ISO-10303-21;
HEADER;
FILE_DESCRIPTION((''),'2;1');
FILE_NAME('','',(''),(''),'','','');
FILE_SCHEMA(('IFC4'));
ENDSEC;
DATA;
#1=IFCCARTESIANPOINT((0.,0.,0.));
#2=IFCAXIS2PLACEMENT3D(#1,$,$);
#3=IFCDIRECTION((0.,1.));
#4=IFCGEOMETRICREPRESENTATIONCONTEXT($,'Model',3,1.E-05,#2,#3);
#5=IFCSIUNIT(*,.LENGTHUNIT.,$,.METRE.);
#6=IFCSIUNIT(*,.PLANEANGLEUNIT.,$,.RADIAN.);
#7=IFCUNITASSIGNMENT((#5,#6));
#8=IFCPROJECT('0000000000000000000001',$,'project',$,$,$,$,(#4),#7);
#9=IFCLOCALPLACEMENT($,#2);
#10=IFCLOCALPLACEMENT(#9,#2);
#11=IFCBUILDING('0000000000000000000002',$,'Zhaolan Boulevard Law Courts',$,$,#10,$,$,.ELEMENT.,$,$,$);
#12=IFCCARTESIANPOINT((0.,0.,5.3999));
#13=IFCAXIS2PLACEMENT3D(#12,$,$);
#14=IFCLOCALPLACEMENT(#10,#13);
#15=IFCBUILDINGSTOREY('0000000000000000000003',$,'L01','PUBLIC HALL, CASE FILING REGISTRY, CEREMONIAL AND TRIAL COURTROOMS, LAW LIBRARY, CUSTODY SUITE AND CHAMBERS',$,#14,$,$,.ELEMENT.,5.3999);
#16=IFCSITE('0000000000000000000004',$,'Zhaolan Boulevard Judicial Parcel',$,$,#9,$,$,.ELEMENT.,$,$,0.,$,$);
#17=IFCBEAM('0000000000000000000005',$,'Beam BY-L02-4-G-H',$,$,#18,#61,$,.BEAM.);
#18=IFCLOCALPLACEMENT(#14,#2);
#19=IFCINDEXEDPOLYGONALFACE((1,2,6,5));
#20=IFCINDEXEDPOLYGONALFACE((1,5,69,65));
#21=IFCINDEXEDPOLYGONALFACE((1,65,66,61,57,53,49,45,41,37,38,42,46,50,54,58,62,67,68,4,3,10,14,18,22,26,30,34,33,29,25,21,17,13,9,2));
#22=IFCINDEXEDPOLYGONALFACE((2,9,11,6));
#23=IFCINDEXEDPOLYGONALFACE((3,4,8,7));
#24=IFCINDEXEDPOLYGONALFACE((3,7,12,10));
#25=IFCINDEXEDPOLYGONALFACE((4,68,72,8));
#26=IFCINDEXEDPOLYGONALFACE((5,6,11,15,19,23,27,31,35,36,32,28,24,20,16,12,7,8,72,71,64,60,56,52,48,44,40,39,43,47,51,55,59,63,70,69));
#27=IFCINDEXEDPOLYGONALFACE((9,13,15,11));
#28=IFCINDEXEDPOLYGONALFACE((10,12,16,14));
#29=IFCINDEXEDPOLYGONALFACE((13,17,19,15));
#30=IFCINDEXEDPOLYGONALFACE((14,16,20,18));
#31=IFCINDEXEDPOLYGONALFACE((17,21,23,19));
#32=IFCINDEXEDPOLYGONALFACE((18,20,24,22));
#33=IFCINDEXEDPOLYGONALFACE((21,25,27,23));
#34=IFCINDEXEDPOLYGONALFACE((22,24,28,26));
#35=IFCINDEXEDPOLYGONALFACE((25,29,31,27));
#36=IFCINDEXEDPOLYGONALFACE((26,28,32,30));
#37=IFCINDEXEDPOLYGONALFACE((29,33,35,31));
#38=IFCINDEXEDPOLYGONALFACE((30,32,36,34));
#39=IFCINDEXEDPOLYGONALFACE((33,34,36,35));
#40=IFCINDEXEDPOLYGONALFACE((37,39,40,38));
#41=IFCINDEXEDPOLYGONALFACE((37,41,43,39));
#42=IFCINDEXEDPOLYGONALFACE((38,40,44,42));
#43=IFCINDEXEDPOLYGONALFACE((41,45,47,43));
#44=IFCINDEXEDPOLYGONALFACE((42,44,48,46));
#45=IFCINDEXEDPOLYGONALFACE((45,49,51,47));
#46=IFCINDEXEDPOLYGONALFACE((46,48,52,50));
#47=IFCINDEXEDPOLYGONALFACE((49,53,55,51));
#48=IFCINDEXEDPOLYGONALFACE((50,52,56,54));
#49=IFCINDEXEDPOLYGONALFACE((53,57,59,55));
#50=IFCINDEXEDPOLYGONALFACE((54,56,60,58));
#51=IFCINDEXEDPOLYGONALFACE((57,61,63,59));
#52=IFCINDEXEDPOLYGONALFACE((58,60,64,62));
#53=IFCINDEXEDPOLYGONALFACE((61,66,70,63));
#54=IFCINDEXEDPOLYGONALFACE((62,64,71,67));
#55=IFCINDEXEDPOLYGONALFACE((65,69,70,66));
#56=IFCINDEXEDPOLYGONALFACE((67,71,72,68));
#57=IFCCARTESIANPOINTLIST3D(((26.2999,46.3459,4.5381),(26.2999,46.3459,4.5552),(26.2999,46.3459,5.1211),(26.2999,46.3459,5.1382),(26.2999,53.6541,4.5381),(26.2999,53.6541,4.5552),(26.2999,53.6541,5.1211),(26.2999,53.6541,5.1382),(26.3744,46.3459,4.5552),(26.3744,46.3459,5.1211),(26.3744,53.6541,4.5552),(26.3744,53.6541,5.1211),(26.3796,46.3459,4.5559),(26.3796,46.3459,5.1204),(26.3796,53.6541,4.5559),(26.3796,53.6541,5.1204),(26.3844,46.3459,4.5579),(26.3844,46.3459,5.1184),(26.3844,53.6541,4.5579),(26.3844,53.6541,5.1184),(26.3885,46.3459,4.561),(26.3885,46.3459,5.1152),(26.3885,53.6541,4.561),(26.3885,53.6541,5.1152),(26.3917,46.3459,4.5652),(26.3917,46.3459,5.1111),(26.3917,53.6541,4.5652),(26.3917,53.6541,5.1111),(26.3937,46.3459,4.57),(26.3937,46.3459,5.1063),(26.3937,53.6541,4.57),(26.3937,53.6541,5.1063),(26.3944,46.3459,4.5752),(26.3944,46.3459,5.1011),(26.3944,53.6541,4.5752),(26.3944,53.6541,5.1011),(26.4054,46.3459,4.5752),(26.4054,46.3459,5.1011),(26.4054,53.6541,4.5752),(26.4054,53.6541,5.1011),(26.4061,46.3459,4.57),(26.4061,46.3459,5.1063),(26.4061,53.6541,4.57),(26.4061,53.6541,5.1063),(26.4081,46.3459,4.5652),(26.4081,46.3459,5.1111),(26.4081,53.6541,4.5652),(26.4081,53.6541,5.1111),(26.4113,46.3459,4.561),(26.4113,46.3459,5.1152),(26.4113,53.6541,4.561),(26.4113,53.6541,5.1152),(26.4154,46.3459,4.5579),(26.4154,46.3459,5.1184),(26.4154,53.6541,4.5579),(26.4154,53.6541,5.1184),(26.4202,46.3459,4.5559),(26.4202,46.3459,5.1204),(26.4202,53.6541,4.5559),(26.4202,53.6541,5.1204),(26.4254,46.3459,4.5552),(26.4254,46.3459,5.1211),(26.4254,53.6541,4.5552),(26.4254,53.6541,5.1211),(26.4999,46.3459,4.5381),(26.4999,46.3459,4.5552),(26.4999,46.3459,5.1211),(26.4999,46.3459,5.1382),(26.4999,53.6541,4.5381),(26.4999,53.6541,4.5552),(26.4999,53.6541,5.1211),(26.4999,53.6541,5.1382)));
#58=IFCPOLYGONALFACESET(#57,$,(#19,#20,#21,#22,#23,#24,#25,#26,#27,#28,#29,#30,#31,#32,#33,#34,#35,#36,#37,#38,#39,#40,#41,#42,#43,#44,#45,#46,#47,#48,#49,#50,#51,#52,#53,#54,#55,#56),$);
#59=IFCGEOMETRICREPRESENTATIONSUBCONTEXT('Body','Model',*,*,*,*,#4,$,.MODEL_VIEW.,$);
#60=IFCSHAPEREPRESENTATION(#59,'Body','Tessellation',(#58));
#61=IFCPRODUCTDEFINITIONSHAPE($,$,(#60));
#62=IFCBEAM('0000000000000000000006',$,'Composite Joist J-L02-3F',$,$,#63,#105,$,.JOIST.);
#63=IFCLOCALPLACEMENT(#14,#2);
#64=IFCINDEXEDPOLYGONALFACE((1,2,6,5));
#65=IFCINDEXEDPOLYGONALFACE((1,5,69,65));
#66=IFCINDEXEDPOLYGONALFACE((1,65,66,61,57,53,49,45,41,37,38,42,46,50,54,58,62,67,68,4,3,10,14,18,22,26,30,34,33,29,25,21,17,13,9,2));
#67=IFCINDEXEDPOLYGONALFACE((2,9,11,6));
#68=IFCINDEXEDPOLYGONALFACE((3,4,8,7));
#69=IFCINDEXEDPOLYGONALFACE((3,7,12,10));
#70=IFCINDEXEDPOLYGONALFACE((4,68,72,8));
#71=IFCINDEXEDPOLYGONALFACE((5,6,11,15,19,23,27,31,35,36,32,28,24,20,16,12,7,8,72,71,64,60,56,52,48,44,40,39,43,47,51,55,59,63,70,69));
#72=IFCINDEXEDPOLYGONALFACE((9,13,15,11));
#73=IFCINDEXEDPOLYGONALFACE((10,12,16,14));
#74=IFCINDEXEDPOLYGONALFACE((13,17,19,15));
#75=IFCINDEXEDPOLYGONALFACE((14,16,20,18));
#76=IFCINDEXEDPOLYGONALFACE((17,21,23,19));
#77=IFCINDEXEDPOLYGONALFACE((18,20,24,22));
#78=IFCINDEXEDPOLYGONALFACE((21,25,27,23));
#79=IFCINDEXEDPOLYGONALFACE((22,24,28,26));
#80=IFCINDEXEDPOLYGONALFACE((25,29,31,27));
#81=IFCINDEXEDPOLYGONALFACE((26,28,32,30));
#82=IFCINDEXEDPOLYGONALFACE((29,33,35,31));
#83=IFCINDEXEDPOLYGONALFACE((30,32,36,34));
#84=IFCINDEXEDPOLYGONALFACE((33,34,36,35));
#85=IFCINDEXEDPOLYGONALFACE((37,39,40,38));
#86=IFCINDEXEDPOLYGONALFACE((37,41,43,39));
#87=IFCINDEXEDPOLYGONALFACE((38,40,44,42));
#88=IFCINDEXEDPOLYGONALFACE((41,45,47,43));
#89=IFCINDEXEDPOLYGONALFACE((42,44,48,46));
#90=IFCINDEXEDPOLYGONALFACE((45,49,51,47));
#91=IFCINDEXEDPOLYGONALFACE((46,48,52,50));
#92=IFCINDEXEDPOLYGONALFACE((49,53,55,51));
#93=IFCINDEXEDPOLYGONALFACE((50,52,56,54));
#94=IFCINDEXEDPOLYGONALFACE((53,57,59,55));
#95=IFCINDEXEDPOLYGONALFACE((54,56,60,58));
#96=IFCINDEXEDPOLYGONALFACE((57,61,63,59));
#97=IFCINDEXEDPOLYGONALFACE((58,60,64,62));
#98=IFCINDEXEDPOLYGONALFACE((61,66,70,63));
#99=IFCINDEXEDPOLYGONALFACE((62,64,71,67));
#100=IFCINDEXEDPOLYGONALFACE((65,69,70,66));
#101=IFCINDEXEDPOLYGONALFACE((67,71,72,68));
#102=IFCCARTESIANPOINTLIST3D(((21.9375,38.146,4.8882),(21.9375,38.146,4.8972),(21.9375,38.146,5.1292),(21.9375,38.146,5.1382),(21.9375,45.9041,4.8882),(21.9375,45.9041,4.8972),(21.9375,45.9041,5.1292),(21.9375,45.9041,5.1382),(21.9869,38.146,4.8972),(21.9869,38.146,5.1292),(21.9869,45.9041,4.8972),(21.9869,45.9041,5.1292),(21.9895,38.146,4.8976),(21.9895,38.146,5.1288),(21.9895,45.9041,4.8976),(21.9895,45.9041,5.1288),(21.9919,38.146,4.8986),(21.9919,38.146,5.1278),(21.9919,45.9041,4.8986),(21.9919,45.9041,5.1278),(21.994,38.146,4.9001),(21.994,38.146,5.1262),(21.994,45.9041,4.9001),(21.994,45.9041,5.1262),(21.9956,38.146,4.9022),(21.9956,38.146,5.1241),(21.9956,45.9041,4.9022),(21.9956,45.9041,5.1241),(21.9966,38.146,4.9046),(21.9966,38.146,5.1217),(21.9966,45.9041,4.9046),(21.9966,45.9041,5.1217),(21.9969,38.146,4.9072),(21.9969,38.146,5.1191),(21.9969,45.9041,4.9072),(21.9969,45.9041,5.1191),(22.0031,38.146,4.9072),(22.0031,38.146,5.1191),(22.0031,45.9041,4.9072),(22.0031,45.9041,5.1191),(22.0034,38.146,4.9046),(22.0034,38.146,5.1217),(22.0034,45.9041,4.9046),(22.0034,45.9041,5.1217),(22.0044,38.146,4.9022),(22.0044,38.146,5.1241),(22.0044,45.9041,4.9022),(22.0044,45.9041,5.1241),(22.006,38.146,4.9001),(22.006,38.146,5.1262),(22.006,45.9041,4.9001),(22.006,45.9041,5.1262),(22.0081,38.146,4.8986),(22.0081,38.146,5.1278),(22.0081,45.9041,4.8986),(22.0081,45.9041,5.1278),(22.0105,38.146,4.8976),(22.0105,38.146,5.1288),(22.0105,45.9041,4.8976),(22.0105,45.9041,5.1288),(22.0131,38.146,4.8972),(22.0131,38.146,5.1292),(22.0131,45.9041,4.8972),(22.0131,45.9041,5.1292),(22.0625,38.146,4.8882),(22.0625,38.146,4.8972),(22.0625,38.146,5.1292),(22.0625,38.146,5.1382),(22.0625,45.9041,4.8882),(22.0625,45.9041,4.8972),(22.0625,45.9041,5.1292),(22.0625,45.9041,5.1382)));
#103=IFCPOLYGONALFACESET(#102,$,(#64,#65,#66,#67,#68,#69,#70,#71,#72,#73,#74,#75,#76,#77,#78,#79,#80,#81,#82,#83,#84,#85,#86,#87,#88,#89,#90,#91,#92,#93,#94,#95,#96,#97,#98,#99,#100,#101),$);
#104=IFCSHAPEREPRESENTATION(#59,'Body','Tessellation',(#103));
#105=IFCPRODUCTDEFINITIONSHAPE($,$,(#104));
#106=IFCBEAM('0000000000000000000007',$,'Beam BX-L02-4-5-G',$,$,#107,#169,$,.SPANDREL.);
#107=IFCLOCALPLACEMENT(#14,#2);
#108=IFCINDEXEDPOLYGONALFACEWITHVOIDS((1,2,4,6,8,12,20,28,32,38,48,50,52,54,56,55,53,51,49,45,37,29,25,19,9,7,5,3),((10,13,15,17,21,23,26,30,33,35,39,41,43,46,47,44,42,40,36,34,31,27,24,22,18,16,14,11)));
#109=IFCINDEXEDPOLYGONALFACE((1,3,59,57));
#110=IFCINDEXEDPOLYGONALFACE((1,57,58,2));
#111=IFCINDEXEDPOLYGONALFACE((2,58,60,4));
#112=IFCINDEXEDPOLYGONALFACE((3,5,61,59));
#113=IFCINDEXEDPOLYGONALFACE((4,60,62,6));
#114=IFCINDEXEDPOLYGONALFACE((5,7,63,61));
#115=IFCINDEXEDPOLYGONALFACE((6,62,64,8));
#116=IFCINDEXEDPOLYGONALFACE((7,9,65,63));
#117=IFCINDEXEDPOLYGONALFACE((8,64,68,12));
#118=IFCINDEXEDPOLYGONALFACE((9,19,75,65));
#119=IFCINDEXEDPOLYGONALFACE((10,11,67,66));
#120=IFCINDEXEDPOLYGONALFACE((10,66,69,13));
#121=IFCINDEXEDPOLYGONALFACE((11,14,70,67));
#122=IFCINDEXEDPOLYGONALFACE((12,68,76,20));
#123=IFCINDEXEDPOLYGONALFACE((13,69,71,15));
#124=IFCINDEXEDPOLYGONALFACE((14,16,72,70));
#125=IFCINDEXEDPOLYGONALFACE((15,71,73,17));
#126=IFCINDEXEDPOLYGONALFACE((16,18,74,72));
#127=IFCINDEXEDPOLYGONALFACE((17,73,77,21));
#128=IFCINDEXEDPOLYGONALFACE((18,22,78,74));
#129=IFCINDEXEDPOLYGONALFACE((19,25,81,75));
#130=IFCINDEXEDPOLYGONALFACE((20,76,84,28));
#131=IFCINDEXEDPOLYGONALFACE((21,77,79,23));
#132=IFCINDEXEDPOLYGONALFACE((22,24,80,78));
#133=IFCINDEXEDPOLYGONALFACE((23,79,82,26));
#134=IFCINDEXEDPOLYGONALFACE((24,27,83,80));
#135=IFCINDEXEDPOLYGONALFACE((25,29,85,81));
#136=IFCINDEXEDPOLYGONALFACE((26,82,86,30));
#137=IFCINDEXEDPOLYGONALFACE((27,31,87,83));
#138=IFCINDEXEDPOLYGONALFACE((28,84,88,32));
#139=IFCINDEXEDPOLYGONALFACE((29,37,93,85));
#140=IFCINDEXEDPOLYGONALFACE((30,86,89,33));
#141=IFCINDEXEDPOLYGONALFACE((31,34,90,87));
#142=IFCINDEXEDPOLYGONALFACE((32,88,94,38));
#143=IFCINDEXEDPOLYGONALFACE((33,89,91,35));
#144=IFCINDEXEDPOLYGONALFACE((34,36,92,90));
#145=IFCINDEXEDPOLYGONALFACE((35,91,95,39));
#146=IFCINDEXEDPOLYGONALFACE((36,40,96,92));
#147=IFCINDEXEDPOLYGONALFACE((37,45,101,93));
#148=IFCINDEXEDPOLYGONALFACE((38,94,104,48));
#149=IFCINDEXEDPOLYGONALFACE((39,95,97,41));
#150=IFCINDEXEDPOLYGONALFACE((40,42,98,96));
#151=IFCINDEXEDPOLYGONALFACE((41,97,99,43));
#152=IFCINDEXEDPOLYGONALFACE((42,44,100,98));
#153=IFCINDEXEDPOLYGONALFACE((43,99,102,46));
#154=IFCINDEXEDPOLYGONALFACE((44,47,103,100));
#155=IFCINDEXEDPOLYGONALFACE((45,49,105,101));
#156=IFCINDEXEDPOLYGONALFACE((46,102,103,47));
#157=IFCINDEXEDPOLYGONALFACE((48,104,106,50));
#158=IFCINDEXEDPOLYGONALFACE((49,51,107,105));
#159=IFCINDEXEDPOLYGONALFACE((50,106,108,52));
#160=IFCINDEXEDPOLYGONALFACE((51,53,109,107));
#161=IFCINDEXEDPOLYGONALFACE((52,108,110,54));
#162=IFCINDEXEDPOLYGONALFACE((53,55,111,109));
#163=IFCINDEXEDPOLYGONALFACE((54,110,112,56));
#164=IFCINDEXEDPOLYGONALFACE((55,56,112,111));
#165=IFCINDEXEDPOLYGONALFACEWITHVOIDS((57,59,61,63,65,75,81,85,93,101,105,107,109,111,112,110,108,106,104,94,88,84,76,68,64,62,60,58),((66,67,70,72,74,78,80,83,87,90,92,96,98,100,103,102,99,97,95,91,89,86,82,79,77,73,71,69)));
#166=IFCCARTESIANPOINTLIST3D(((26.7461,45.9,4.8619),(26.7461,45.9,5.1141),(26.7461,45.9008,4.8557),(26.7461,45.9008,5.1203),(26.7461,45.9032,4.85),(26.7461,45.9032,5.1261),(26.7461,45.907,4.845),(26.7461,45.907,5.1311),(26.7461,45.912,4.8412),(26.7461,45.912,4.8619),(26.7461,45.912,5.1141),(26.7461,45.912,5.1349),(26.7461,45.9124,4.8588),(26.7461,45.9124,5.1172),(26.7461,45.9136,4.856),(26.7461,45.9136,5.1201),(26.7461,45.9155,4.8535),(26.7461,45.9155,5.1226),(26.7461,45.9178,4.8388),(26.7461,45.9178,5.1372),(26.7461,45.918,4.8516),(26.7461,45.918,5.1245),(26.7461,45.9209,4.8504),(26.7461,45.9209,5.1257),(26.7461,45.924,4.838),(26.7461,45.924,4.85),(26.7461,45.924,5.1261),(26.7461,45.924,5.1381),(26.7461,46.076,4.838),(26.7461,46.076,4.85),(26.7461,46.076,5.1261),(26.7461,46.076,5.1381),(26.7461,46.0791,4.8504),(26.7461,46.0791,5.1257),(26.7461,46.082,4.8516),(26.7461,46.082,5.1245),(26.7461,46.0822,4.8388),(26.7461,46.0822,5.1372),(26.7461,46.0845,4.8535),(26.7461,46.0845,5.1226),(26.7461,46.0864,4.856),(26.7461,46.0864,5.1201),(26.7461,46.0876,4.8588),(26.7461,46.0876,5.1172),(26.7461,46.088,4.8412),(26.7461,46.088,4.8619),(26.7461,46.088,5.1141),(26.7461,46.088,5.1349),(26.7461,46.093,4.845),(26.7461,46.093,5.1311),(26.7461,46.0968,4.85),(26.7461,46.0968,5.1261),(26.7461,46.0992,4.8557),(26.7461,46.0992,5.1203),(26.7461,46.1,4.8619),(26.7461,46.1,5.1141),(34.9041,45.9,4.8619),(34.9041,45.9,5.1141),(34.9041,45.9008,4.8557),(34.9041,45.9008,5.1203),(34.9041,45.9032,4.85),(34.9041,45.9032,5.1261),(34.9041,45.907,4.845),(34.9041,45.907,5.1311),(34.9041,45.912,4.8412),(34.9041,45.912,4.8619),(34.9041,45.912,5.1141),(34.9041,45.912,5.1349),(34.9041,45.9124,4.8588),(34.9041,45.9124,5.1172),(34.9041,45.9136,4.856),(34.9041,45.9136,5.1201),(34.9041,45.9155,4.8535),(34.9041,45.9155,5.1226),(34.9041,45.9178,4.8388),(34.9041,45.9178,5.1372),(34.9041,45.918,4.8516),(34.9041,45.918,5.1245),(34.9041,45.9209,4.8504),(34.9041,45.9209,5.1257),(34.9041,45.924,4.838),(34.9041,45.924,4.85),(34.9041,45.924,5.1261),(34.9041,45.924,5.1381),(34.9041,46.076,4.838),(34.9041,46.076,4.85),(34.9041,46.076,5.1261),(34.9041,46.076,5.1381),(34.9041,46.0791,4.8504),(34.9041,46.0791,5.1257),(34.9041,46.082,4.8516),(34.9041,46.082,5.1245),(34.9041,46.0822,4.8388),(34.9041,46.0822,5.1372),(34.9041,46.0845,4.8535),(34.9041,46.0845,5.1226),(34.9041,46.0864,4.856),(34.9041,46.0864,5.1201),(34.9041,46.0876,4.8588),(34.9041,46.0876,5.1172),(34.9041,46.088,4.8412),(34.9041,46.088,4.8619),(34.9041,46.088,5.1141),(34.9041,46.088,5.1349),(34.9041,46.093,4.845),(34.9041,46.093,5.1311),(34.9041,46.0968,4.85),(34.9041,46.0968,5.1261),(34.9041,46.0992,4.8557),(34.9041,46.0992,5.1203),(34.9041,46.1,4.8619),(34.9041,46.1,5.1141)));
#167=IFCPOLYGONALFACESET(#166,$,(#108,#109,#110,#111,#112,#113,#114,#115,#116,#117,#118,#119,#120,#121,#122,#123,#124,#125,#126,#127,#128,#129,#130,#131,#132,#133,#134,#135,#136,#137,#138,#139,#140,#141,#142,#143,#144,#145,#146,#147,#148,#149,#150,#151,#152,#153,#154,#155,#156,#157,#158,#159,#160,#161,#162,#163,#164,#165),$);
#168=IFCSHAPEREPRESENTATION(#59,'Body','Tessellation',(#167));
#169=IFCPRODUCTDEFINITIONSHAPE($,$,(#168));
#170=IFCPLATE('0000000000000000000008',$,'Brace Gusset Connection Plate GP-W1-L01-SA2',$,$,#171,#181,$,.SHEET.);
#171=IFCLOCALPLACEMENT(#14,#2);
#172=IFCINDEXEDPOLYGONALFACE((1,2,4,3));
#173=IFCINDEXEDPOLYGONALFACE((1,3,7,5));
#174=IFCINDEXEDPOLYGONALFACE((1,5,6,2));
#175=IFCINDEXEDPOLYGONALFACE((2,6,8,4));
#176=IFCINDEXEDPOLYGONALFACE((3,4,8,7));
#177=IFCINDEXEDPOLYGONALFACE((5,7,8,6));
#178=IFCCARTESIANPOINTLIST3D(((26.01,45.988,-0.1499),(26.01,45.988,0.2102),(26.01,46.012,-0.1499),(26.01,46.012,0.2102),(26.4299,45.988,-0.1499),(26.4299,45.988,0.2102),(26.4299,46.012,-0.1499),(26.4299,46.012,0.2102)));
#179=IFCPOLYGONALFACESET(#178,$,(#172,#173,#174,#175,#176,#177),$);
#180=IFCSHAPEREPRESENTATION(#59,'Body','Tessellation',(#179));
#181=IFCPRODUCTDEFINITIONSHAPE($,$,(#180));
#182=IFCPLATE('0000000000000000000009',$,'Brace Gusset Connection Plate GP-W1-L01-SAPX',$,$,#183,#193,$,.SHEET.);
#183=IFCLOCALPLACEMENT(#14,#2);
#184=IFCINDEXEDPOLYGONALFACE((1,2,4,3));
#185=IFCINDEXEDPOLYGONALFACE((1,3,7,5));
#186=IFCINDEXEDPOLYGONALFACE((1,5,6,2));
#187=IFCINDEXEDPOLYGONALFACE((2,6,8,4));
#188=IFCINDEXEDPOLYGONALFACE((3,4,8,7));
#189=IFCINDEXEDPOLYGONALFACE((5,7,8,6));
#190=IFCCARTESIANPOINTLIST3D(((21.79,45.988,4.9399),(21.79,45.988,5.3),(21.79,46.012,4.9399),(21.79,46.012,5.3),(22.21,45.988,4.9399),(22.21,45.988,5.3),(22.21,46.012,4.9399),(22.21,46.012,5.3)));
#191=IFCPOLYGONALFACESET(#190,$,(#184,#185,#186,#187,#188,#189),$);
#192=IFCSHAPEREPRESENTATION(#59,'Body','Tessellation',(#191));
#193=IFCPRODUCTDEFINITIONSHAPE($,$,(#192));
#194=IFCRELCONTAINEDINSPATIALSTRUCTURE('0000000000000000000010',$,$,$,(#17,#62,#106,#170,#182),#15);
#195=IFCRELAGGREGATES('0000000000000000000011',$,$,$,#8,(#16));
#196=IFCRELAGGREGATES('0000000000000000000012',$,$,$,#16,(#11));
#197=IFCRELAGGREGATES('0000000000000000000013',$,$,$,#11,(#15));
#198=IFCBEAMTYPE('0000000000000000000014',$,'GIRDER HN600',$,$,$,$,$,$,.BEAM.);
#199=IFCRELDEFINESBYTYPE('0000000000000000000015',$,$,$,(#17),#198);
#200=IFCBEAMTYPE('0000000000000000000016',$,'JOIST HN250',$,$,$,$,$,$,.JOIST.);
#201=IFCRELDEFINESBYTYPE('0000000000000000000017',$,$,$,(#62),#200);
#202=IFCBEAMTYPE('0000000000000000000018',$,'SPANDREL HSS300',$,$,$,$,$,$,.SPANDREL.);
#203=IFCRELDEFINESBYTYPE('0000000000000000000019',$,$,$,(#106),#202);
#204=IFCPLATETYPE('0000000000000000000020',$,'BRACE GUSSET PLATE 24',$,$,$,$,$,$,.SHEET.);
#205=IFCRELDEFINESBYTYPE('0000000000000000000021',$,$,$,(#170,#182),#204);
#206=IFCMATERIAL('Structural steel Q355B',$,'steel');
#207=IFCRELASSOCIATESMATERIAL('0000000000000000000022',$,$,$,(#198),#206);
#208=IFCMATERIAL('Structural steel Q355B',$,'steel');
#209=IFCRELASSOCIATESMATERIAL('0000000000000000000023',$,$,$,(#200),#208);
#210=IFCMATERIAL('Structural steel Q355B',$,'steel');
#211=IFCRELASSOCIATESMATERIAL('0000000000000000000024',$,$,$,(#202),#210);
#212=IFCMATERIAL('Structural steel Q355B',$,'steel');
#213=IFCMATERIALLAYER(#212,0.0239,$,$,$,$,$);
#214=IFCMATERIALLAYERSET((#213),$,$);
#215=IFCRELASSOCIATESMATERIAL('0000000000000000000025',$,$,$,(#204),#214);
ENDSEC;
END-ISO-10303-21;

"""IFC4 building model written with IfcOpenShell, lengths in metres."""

from ifc_helpers import new_model, si_unit, direction, frame, origin, origin_2d, place, context, subcontext, project, spatial, rectangle, hollow_rectangle, i_section, extrude, material, layer, layer_set, material_profile, profile_set, type_object, element, save


model = new_model("IFC4")

# Units and contexts
model_context = context("Model", 3, precision=1e-05, world=origin(), true_north=direction((0.0, 1.0)))
body_context = subcontext(model_context, "Body", "Model", "MODEL_VIEW")
ifc_project = project(units=[si_unit("LENGTHUNIT", "METRE"), si_unit("PLANEANGLEUNIT", "RADIAN")], contexts=[model_context])

# Site, building, storey
site_placement = place(None, origin())
site = spatial("IfcSite", under=ifc_project, at=site_placement, Name="Zhaolan Boulevard Judicial Parcel", CompositionType="ELEMENT", RefElevation=0.0)
building_placement = place(site_placement, origin())
building = spatial("IfcBuilding", under=site, at=building_placement, Name="Zhaolan Boulevard Law Courts", CompositionType="ELEMENT")
storey_placement = place(building_placement, frame((0.0, 0.0, 5.3999)))
storey = spatial("IfcBuildingStorey", under=building, at=storey_placement, Name="L01", Description="PUBLIC HALL, CASE FILING REGISTRY, CEREMONIAL AND TRIAL COURTROOMS, LAW LIBRARY, CUSTODY SUITE AND CHAMBERS", CompositionType="ELEMENT", Elevation=5.3999)

# Beams
ifc_material_1 = material(Name="Structural steel Q355B", Category="steel")
ifc_material_profile_1 = material_profile(ifc_material_1, i_section(OverallWidth=0.2, OverallDepth=0.6001, WebThickness=0.011, FlangeThickness=0.0171, FilletRadius=0.02, at=origin_2d()), Name="HN600x200")
ifc_profile_set_1 = profile_set([ifc_material_profile_1], Name="Structural steel Q355B")
beam_type_1 = type_object("IfcBeamType", Name="GIRDER HN600", PredefinedType="BEAM", material=ifc_profile_set_1)
beam_1_placement = place(storey_placement, frame((26.3999, 46.3459, 4.8381), z_axis=(0.0, 1.0, 0.0), x_axis=(-1.0, 0.0, 0.0)))
element("IfcBeam", 1, at=beam_1_placement, inside=storey, type_object=beam_type_1, Name="Beam BY-L02-4-G-H", PredefinedType="BEAM", context=body_context, shape_type="SweptSolid", body=[
    extrude(i_section(OverallWidth=0.2, OverallDepth=0.6001, WebThickness=0.011, FlangeThickness=0.0171, FilletRadius=0.02, at=origin_2d()), origin(), (0.0, 0.0, 1.0), 7.3081),
])
ifc_material_2 = material(Name="Structural steel Q355B", Category="steel")
ifc_material_profile_2 = material_profile(ifc_material_2, i_section(OverallWidth=0.125, OverallDepth=0.25, WebThickness=0.0061, FlangeThickness=0.009, FilletRadius=0.01, at=origin_2d()), Name="HN250x125")
ifc_profile_set_2 = profile_set([ifc_material_profile_2], Name="Structural steel Q355B")
beam_type_2 = type_object("IfcBeamType", Name="JOIST HN250", PredefinedType="JOIST", material=ifc_profile_set_2)
beam_2_placement = place(storey_placement, frame((22.0, 38.146, 5.0132), z_axis=(0.0, 1.0, 0.0), x_axis=(-1.0, 0.0, 0.0)))
element("IfcBeam", 2, at=beam_2_placement, inside=storey, type_object=beam_type_2, Name="Composite Joist J-L02-3F", PredefinedType="JOIST", context=body_context, shape_type="SweptSolid", body=[
    extrude(i_section(OverallWidth=0.125, OverallDepth=0.25, WebThickness=0.0061, FlangeThickness=0.009, FilletRadius=0.01, at=origin_2d()), origin(), (0.0, 0.0, 1.0), 7.7581),
])
ifc_material_3 = material(Name="Structural steel Q355B", Category="steel")
ifc_material_profile_3 = material_profile(ifc_material_3, hollow_rectangle(XDim=0.2, YDim=0.3, WallThickness=0.012, InnerFilletRadius=0.012, OuterFilletRadius=0.0239, at=origin_2d()), Name="HSS300x200x12")
ifc_profile_set_3 = profile_set([ifc_material_profile_3], Name="Structural steel Q355B")
beam_type_3 = type_object("IfcBeamType", Name="SPANDREL HSS300", PredefinedType="SPANDREL", material=ifc_profile_set_3)
beam_3_placement = place(storey_placement, frame((26.7461, 46.0, 4.988), z_axis=(1.0, 0.0, 0.0), x_axis=(0.0, 1.0, 0.0)))
element("IfcBeam", 3, at=beam_3_placement, inside=storey, type_object=beam_type_3, Name="Beam BX-L02-4-5-G", PredefinedType="SPANDREL", context=body_context, shape_type="SweptSolid", body=[
    extrude(hollow_rectangle(XDim=0.2, YDim=0.3, WallThickness=0.012, InnerFilletRadius=0.012, OuterFilletRadius=0.0239, at=origin_2d()), origin(), (0.0, 0.0, 1.0), 8.158),
])

# Plates
ifc_material_4 = material(Name="Structural steel Q355B", Category="steel")
ifc_layer_1 = layer(ifc_material_4, 0.0239)
ifc_layer_set_1 = layer_set([ifc_layer_1])
plate_type_1 = type_object("IfcPlateType", Name="BRACE GUSSET PLATE 24", PredefinedType="SHEET", material=ifc_layer_set_1)
for number, where, z_axis, x_axis, name in (
    (4, (26.22, 46.0, -0.1499), (0.0, 0.0, 1.0), (1.0, 0.0, 0.0), "Brace Gusset Connection Plate GP-W1-L01-SA2"),
    (5, (22.0, 46.0, 4.9399), (0.0, 0.0, 1.0), (1.0, 0.0, 0.0), "Brace Gusset Connection Plate GP-W1-L01-SAPX"),
):
    element("IfcPlate", number, at=place(storey_placement, frame(where, z_axis=z_axis, x_axis=x_axis)), inside=storey, type_object=plate_type_1, Name=name, PredefinedType="SHEET", context=body_context, shape_type="SweptSolid", body=[
        extrude(rectangle(XDim=0.4199, YDim=0.0239, at=origin_2d()), origin(), (0.0, 0.0, 1.0), 0.3601),
    ])

save(model, "model.ifc")
